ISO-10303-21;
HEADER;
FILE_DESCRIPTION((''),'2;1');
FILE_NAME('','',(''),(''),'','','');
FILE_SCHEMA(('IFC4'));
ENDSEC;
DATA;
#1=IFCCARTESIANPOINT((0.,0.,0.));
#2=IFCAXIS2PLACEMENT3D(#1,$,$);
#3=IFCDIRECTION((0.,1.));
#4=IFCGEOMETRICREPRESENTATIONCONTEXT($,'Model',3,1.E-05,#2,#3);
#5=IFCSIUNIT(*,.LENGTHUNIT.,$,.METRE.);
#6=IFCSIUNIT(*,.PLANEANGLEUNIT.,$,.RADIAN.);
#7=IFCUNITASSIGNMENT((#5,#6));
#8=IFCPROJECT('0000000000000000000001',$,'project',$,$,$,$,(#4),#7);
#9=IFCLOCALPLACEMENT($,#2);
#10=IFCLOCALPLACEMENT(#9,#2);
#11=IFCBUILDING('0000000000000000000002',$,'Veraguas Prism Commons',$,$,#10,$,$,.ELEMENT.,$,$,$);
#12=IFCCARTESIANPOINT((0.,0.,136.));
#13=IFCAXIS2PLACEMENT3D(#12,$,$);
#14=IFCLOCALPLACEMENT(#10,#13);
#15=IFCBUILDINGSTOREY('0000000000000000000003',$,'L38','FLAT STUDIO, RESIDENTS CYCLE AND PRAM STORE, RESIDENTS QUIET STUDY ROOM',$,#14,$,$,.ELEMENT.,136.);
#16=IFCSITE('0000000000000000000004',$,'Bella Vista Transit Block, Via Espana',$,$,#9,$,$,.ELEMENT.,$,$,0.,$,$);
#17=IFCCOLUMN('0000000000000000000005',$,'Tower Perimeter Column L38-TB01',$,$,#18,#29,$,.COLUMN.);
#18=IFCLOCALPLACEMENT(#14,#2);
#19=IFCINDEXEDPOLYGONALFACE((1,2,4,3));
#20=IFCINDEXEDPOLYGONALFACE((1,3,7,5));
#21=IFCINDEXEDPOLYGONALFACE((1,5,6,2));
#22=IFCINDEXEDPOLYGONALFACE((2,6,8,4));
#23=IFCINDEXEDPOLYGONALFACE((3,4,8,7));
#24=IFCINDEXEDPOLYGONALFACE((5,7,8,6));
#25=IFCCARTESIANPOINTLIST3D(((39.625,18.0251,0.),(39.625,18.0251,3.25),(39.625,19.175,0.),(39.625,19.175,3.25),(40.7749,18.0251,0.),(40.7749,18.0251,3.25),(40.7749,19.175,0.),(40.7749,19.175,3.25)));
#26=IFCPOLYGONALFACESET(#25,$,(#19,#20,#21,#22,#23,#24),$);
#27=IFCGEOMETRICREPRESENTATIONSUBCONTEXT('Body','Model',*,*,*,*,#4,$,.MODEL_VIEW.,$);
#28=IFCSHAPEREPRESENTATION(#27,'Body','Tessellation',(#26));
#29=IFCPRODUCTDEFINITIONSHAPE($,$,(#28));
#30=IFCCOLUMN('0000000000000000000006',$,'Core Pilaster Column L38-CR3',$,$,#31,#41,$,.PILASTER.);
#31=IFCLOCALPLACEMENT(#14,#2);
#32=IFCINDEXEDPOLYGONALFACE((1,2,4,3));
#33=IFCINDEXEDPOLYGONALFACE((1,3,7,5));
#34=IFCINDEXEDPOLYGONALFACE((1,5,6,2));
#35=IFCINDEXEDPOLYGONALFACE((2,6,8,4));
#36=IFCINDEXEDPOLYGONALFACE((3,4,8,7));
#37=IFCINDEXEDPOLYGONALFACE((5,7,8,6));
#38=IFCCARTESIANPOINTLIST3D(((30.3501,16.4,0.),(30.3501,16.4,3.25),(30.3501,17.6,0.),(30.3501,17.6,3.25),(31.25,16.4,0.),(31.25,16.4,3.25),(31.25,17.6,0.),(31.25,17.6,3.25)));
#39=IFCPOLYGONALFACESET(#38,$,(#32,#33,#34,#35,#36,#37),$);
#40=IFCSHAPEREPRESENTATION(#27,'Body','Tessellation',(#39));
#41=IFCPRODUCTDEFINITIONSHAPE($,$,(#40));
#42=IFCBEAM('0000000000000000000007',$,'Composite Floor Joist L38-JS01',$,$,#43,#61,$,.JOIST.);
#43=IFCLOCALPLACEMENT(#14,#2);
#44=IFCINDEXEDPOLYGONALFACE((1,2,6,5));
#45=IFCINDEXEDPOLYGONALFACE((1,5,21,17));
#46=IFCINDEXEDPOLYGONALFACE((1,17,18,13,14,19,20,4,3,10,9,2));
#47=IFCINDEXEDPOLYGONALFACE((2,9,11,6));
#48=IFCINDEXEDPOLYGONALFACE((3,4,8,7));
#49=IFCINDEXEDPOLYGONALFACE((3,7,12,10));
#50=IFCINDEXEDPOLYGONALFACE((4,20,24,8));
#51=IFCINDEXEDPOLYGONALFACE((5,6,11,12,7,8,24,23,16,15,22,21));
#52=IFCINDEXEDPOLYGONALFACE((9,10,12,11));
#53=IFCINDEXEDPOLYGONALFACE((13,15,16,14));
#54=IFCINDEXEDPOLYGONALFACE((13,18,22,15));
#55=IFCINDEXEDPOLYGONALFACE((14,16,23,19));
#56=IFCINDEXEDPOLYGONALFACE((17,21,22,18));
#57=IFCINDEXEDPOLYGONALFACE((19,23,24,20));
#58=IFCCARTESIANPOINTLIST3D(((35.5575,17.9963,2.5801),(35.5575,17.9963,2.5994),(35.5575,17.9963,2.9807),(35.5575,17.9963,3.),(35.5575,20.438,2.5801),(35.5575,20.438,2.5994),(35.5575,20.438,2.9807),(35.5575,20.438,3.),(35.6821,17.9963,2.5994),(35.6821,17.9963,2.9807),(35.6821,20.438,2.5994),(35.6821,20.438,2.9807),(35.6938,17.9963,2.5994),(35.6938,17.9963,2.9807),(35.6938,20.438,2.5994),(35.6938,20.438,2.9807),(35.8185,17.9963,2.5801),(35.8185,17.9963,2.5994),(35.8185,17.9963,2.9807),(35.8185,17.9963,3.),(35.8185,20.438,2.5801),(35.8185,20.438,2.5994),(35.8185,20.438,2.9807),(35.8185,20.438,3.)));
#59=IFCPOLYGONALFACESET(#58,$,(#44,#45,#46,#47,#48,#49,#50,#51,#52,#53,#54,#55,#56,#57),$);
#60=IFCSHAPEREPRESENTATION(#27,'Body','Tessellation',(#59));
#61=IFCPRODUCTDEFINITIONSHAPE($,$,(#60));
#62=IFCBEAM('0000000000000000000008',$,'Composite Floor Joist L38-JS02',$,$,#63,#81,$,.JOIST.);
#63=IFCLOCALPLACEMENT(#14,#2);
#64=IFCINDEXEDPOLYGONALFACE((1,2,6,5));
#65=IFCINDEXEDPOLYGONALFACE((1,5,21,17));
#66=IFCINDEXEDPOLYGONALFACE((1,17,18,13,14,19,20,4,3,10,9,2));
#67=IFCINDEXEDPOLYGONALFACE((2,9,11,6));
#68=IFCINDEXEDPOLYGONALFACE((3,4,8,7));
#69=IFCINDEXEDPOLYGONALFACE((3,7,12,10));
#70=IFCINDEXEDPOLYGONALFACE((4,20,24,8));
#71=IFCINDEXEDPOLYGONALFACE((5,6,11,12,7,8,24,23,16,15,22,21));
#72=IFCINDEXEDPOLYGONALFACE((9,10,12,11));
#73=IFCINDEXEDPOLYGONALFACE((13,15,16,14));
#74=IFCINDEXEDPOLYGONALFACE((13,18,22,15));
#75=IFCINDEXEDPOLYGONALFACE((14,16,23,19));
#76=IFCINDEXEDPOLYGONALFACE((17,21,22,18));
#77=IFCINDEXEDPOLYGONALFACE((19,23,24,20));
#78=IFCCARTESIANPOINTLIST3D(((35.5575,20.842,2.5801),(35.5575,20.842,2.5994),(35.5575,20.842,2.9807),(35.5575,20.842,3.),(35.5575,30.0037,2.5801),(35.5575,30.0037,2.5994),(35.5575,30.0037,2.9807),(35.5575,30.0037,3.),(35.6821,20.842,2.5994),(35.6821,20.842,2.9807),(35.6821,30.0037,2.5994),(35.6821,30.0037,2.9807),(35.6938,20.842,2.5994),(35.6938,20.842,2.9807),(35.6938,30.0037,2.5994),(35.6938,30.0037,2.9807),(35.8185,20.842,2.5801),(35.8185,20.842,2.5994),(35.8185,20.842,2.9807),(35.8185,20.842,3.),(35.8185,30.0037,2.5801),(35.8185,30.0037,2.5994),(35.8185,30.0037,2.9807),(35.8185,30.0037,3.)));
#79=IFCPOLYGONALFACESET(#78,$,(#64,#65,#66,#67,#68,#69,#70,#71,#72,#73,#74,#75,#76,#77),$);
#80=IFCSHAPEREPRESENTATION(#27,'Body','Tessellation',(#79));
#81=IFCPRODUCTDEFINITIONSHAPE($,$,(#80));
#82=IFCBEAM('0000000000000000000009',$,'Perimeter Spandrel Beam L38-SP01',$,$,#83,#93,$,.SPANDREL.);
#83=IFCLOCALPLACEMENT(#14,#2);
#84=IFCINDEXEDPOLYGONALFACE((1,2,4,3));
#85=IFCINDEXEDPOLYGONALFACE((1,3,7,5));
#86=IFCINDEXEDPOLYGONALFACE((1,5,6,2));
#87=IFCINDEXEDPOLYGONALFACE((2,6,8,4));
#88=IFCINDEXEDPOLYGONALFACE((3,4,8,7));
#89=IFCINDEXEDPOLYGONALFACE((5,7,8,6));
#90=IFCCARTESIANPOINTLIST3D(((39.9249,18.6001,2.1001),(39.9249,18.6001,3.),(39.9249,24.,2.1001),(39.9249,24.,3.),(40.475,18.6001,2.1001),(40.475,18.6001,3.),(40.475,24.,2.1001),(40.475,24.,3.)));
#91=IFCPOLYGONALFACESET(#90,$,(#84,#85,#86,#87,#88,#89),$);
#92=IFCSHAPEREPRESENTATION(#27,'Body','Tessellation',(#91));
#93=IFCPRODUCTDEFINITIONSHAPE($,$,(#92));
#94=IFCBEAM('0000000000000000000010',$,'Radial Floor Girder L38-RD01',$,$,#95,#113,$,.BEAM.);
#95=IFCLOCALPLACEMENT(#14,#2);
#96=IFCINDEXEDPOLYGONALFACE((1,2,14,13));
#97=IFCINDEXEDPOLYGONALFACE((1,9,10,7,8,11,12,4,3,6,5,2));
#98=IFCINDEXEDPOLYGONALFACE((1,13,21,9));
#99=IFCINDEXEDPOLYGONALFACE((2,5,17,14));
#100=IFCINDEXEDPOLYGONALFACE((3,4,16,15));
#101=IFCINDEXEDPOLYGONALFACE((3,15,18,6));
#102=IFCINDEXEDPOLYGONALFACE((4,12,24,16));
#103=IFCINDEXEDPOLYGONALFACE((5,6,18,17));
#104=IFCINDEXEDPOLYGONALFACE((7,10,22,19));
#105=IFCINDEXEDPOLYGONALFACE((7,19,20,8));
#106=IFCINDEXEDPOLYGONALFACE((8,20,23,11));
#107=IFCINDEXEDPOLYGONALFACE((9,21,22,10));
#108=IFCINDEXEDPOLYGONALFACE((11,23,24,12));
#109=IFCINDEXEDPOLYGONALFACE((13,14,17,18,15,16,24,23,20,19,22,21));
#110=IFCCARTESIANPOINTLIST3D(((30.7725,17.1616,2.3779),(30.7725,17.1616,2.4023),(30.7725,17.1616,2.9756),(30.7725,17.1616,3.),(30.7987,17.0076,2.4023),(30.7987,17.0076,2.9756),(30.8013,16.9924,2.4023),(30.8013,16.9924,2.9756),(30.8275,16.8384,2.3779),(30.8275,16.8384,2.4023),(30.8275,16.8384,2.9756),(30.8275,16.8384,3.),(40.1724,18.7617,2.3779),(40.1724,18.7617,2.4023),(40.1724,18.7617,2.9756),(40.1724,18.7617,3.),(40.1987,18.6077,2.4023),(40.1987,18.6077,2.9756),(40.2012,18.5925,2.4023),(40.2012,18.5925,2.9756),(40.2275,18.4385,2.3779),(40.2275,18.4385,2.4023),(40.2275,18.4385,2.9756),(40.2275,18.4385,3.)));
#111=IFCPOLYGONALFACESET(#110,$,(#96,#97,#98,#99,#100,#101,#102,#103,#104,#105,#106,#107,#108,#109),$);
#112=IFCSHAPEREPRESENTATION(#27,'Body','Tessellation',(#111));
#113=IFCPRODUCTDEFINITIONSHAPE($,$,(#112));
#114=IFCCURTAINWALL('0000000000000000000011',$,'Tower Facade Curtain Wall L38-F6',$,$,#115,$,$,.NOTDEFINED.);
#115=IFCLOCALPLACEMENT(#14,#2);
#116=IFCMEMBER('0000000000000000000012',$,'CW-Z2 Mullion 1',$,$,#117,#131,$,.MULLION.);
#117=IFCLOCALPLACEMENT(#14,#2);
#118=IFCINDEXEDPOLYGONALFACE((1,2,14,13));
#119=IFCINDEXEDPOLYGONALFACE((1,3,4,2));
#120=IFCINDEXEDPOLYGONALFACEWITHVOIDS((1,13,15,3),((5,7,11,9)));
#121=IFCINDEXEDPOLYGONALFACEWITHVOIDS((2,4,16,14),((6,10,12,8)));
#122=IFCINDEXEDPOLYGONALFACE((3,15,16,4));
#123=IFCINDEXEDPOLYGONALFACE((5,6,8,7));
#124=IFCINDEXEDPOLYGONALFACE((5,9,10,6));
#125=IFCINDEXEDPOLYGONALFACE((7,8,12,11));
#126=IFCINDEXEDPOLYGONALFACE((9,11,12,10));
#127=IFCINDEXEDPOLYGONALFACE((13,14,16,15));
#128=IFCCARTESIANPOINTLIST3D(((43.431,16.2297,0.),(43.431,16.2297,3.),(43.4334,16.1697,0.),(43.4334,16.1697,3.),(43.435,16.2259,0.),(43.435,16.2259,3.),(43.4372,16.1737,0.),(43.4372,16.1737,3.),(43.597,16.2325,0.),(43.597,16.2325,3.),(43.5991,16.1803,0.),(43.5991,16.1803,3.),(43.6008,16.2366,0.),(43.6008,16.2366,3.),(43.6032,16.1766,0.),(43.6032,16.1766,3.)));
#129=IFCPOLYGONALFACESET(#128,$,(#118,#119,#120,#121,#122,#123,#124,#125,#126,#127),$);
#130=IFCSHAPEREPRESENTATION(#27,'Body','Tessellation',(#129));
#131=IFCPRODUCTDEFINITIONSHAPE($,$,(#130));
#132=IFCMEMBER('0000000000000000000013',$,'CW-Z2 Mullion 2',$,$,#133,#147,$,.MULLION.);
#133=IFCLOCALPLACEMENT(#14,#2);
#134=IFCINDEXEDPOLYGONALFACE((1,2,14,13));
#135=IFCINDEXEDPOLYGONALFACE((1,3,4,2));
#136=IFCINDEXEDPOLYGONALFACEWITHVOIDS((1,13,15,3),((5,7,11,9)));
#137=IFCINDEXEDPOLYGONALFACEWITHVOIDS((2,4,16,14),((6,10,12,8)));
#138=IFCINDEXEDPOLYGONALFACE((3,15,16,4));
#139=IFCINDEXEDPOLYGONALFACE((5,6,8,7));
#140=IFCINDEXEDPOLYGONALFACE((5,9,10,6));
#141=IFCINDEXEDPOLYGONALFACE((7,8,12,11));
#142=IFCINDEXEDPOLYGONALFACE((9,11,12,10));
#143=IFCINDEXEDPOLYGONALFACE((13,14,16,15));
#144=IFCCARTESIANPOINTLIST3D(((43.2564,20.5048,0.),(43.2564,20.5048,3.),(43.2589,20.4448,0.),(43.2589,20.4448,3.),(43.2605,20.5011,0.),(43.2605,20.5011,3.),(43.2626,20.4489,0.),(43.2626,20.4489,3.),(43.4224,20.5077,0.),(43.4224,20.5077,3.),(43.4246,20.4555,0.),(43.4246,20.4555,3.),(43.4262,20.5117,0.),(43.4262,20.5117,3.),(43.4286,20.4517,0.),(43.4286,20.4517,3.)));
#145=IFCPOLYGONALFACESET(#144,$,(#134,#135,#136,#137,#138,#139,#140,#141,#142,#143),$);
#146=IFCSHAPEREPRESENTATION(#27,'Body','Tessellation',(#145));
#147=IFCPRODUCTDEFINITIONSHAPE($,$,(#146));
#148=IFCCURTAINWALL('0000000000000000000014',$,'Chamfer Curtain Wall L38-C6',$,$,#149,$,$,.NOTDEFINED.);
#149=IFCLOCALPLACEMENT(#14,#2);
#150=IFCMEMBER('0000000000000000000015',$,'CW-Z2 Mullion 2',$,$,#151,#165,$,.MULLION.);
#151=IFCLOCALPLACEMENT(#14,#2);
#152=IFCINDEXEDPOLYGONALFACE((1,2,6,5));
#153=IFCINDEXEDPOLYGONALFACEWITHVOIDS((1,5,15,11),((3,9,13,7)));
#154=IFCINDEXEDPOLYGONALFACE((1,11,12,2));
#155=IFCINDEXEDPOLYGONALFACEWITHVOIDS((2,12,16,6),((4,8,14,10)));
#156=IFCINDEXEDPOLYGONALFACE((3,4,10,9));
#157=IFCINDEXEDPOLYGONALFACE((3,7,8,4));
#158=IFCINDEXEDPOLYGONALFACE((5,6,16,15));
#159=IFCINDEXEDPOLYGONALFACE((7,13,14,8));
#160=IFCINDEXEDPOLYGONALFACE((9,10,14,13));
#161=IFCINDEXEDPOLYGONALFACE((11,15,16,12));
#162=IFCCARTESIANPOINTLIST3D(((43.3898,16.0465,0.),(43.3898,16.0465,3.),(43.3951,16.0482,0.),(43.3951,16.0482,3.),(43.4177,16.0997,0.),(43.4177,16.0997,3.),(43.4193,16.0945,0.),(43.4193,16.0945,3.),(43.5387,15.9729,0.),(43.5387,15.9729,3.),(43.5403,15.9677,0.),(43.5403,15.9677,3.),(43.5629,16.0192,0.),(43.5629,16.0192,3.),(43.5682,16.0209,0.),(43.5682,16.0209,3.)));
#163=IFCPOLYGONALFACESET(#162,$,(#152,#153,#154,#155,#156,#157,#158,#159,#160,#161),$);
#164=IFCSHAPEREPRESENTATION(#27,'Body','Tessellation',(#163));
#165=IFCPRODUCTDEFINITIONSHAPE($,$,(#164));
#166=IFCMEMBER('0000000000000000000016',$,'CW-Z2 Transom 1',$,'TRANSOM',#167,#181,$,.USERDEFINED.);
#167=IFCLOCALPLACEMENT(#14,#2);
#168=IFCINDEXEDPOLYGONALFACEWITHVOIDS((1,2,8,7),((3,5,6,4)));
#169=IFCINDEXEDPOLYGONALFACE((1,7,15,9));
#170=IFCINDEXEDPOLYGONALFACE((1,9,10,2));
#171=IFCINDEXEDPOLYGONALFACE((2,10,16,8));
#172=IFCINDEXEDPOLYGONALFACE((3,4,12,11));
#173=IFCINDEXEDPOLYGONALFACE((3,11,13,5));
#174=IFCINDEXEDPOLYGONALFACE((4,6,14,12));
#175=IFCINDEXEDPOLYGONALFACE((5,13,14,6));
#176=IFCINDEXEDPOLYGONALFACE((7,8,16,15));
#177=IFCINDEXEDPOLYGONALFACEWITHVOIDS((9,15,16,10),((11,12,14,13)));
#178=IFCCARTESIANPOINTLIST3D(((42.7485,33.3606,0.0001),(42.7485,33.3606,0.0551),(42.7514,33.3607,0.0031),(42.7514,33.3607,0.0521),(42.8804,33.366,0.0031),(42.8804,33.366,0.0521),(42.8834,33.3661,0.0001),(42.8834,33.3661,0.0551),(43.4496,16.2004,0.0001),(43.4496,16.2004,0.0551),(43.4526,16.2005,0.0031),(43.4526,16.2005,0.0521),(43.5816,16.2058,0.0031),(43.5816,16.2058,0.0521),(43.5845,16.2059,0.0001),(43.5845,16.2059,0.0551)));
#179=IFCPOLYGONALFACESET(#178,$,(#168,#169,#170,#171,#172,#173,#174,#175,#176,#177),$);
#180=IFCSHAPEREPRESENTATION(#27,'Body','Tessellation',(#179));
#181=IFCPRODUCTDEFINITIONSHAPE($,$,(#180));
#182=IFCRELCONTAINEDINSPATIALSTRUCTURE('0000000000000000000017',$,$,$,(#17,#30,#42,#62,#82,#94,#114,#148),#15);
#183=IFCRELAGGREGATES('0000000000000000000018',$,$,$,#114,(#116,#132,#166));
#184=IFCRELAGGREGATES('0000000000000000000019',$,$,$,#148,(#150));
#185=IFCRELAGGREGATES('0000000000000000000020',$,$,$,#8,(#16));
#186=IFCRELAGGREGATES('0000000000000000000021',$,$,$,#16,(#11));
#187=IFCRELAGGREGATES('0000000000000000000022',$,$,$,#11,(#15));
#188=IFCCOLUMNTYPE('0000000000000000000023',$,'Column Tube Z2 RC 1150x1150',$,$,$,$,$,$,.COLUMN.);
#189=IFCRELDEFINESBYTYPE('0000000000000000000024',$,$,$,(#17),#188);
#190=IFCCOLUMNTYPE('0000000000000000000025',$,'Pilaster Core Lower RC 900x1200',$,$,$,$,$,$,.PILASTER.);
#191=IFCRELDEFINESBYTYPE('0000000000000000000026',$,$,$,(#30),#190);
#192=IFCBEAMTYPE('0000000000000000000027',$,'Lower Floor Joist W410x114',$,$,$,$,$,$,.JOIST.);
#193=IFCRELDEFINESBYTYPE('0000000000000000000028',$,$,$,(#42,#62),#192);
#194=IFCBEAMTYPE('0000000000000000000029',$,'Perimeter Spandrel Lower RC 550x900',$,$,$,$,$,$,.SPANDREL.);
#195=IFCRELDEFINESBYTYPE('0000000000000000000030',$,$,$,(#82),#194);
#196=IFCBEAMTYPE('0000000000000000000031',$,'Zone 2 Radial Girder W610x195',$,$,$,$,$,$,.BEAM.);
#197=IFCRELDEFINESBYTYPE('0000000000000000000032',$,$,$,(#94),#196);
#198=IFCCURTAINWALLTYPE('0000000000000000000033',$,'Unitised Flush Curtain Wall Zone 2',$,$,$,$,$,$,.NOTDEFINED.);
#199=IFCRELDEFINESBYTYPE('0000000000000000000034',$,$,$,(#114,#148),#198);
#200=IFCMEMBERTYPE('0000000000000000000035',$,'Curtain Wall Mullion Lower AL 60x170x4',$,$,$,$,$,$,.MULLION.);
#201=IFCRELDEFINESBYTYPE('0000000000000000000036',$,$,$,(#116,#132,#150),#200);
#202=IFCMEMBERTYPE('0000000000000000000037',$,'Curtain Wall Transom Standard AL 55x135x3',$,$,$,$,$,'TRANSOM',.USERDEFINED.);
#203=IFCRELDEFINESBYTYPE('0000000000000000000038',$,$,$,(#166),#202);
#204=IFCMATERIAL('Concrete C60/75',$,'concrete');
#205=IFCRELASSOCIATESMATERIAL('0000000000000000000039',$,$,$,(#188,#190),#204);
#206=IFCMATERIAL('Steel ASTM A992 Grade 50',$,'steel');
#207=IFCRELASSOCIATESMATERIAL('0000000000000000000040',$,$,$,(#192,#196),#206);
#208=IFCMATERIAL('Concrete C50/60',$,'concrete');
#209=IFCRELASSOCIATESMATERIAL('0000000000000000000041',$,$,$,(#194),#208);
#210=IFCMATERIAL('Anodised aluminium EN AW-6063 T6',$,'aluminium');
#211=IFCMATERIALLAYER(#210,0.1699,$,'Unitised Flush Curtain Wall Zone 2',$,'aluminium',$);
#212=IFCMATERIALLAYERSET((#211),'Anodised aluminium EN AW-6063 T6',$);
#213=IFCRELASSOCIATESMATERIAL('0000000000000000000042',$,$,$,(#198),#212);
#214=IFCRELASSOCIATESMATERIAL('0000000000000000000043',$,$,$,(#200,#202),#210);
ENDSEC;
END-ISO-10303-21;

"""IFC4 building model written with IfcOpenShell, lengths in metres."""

from ifc_helpers import new_model, si_unit, direction, frame, origin, origin_2d, place, context, subcontext, project, spatial, rectangle, hollow_rectangle, i_section, extrude, source, transform, mapped, material, layer, layer_set, material_profile, profile_set, type_object, element, aggregate, save


model = new_model("IFC4")

# Units and contexts
model_context = context("Model", 3, precision=1e-05, world=origin(), true_north=direction((0.0, 1.0)))
body_context = subcontext(model_context, "Body", "Model", "MODEL_VIEW")
ifc_project = project(units=[si_unit("LENGTHUNIT", "METRE"), si_unit("PLANEANGLEUNIT", "RADIAN")], contexts=[model_context])

# Site, building, storey
site_placement = place(None, origin())
site = spatial("IfcSite", under=ifc_project, at=site_placement, Name="Bella Vista Transit Block, Via Espana", CompositionType="ELEMENT", RefElevation=0.0)
building_placement = place(site_placement, origin())
building = spatial("IfcBuilding", under=site, at=building_placement, Name="Veraguas Prism Commons", CompositionType="ELEMENT")
storey_placement = place(building_placement, frame((0.0, 0.0, 136.0)))
storey = spatial("IfcBuildingStorey", under=building, at=storey_placement, Name="L38", Description="FLAT STUDIO, RESIDENTS CYCLE AND PRAM STORE, RESIDENTS QUIET STUDY ROOM", CompositionType="ELEMENT", Elevation=136.0)

# Columns
ifc_material_1 = material(Name="Concrete C60/75", Category="concrete")
ifc_material_profile_1 = material_profile(ifc_material_1, rectangle(XDim=1.1499, YDim=1.1499, at=origin_2d()), Name="RC1150X1150")
ifc_profile_set_1 = profile_set([ifc_material_profile_1], Name="Concrete C60/75")
column_type_1 = type_object("IfcColumnType", Name="Column Tube Z2 RC 1150x1150", PredefinedType="COLUMN", material=ifc_profile_set_1)
column_1_placement = place(storey_placement, frame((40.2, 18.6001, 0.0), z_axis=(0.0, 0.0, 1.0), x_axis=(1.0, 0.0, 0.0)))
element("IfcColumn", 1, at=column_1_placement, inside=storey, type_object=column_type_1, Name="Tower Perimeter Column L38-TB01", PredefinedType="COLUMN", context=body_context, shape_type="SweptSolid", body=[
    extrude(rectangle(XDim=1.1499, YDim=1.1499, at=origin_2d()), origin(), (0.0, 0.0, 1.0), 3.25),
])
ifc_material_profile_2 = material_profile(ifc_material_1, rectangle(XDim=0.8999, YDim=1.2, at=origin_2d()), Name="RC900X1200")
ifc_profile_set_2 = profile_set([ifc_material_profile_2], Name="Concrete C60/75")
column_type_2 = type_object("IfcColumnType", Name="Pilaster Core Lower RC 900x1200", PredefinedType="PILASTER", material=ifc_profile_set_2)
column_2_placement = place(storey_placement, frame((30.8, 17.0, 0.0), z_axis=(0.0, 0.0, 1.0), x_axis=(1.0, 0.0, 0.0)))
element("IfcColumn", 2, at=column_2_placement, inside=storey, type_object=column_type_2, Name="Core Pilaster Column L38-CR3", PredefinedType="PILASTER", context=body_context, shape_type="SweptSolid", body=[
    extrude(rectangle(XDim=0.8999, YDim=1.2, at=origin_2d()), origin(), (0.0, 0.0, 1.0), 3.25),
])

# Beams
ifc_material_2 = material(Name="Steel ASTM A992 Grade 50", Category="steel")
ifc_material_profile_3 = material_profile(ifc_material_2, i_section(OverallWidth=0.261, OverallDepth=0.4199, WebThickness=0.0117, FlangeThickness=0.0193, at=origin_2d()), Name="W410X114")
ifc_profile_set_3 = profile_set([ifc_material_profile_3], Name="Steel ASTM A992 Grade 50")
beam_type_1 = type_object("IfcBeamType", Name="Lower Floor Joist W410x114", PredefinedType="JOIST", material=ifc_profile_set_3)
beam_1_placement = place(storey_placement, frame((35.688, 17.9963, 2.79), z_axis=(0.0, 1.0, 0.0), x_axis=(-1.0, 0.0, 0.0)))
element("IfcBeam", 3, at=beam_1_placement, inside=storey, type_object=beam_type_1, Name="Composite Floor Joist L38-JS01", PredefinedType="JOIST", context=body_context, shape_type="SweptSolid", body=[
    extrude(i_section(OverallWidth=0.261, OverallDepth=0.4199, WebThickness=0.0117, FlangeThickness=0.0193, at=origin_2d()), origin(), (0.0, 0.0, 1.0), 2.4417),
])
beam_2_placement = place(storey_placement, frame((35.688, 20.842, 2.79), z_axis=(0.0, 1.0, 0.0), x_axis=(-1.0, 0.0, 0.0)))
element("IfcBeam", 4, at=beam_2_placement, inside=storey, type_object=beam_type_1, Name="Composite Floor Joist L38-JS02", PredefinedType="JOIST", context=body_context, shape_type="SweptSolid", body=[
    extrude(i_section(OverallWidth=0.261, OverallDepth=0.4199, WebThickness=0.0117, FlangeThickness=0.0193, at=origin_2d()), origin(), (0.0, 0.0, 1.0), 9.1616),
])
ifc_material_3 = material(Name="Concrete C50/60", Category="concrete")
ifc_material_profile_4 = material_profile(ifc_material_3, rectangle(XDim=0.55, YDim=0.8999, at=origin_2d()), Name="RC550X900")
ifc_profile_set_4 = profile_set([ifc_material_profile_4], Name="Concrete C50/60")
beam_type_2 = type_object("IfcBeamType", Name="Perimeter Spandrel Lower RC 550x900", PredefinedType="SPANDREL", material=ifc_profile_set_4)
beam_3_placement = place(storey_placement, frame((40.2, 18.6001, 2.55), z_axis=(0.0, 1.0, 0.0), x_axis=(-1.0, 0.0, 0.0)))
element("IfcBeam", 5, at=beam_3_placement, inside=storey, type_object=beam_type_2, Name="Perimeter Spandrel Beam L38-SP01", PredefinedType="SPANDREL", context=body_context, shape_type="SweptSolid", body=[
    extrude(rectangle(XDim=0.55, YDim=0.8999, at=origin_2d()), origin(), (0.0, 0.0, 1.0), 5.3999),
])
ifc_material_profile_5 = material_profile(ifc_material_2, i_section(OverallWidth=0.3279, OverallDepth=0.6221, WebThickness=0.0154, FlangeThickness=0.0244, at=origin_2d()), Name="W610X195")
ifc_profile_set_5 = profile_set([ifc_material_profile_5], Name="Steel ASTM A992 Grade 50")
beam_type_3 = type_object("IfcBeamType", Name="Zone 2 Radial Girder W610x195", PredefinedType="BEAM", material=ifc_profile_set_5)
beam_4_placement = place(storey_placement, frame((40.2, 18.6001, 2.689), z_axis=(-0.985819, -0.167811, 0.0), x_axis=(0.167811, -0.985819, 0.0)))
element("IfcBeam", 6, at=beam_4_placement, inside=storey, type_object=beam_type_3, Name="Radial Floor Girder L38-RD01", PredefinedType="BEAM", context=body_context, shape_type="SweptSolid", body=[
    extrude(i_section(OverallWidth=0.3279, OverallDepth=0.6221, WebThickness=0.0154, FlangeThickness=0.0244, at=origin_2d()), origin(), (0.0, 0.0, 1.0), 9.5352),
])

# Curtain wall, members
ifc_material_4 = material(Name="Anodised aluminium EN AW-6063 T6", Category="aluminium")
ifc_layer_1 = layer(ifc_material_4, 0.1699, Name="Unitised Flush Curtain Wall Zone 2", Category="aluminium")
ifc_layer_set_1 = layer_set([ifc_layer_1], Name="Anodised aluminium EN AW-6063 T6")
curtain_wall_type = type_object("IfcCurtainWallType", Name="Unitised Flush Curtain Wall Zone 2", PredefinedType="NOTDEFINED", material=ifc_layer_set_1)
curtain_wall_1_placement = place(storey_placement, origin())
curtain_wall_1 = element("IfcCurtainWall", 7, at=curtain_wall_1_placement, inside=storey, type_object=curtain_wall_type, Name="Tower Facade Curtain Wall L38-F6", PredefinedType="NOTDEFINED")
ifc_material_profile_6 = material_profile(ifc_material_4, hollow_rectangle(XDim=0.0601, YDim=0.1699, WallThickness=0.0039, at=origin_2d()), Name="AL60X170X4")
ifc_profile_set_6 = profile_set([ifc_material_profile_6], Name="Anodised aluminium EN AW-6063 T6")
member_type_1 = type_object("IfcMemberType", Name="Curtain Wall Mullion Lower AL 60x170x4", PredefinedType="MULLION", material=ifc_profile_set_6)
shared_shape_1 = source(origin(), body_context, "Body", "SweptSolid", [
    extrude(hollow_rectangle(XDim=0.0601, YDim=0.1699, WallThickness=0.0039, at=origin_2d()), origin(), (0.0, 0.0, 1.0), 3.0),
])
member_1_placement = place(storey_placement, frame((43.5171, 16.2031, 0.0), z_axis=(0.0, 0.0, 1.0), x_axis=(-0.040836, 0.999166, 0.0)))
member_1 = element("IfcMember", 8, at=member_1_placement, type_object=member_type_1, Name="CW-Z2 Mullion 1", PredefinedType="MULLION", context=body_context, shape_type="MappedRepresentation", body=[
    mapped(shared_shape_1, transform((0.0, 0.0, 0.0), scale=1.0)),
])
member_2_placement = place(storey_placement, frame((43.3425, 20.4783, 0.0), z_axis=(0.0, 0.0, 1.0), x_axis=(-0.040836, 0.999166, 0.0)))
member_2 = element("IfcMember", 9, at=member_2_placement, type_object=member_type_1, Name="CW-Z2 Mullion 2", PredefinedType="MULLION", context=body_context, shape_type="MappedRepresentation", body=[
    mapped(shared_shape_1, transform((0.0, 0.0, 0.0), scale=1.0)),
])

# Curtain wall, member
curtain_wall_2_placement = place(storey_placement, origin())
curtain_wall_2 = element("IfcCurtainWall", 10, at=curtain_wall_2_placement, inside=storey, type_object=curtain_wall_type, Name="Chamfer Curtain Wall L38-C6", PredefinedType="NOTDEFINED")
member_3_placement = place(storey_placement, frame((43.479, 16.0337, 0.0), z_axis=(0.0, 0.0, 1.0), x_axis=(0.464201, 0.88573, 0.0)))
member_3 = element("IfcMember", 11, at=member_3_placement, type_object=member_type_1, Name="CW-Z2 Mullion 2", PredefinedType="MULLION", context=body_context, shape_type="MappedRepresentation", body=[
    mapped(shared_shape_1, transform((0.0, 0.0, 0.0), scale=1.0)),
])

# Member
ifc_material_profile_7 = material_profile(ifc_material_4, hollow_rectangle(XDim=0.0549, YDim=0.135, WallThickness=0.0029, at=origin_2d()), Name="AL55X135X3")
ifc_profile_set_7 = profile_set([ifc_material_profile_7], Name="Anodised aluminium EN AW-6063 T6")
member_type_2 = type_object("IfcMemberType", Name="Curtain Wall Transom Standard AL 55x135x3", ElementType="TRANSOM", PredefinedType="USERDEFINED", material=ifc_profile_set_7)
shared_shape_2 = source(origin(), body_context, "Body", "SweptSolid", [
    extrude(hollow_rectangle(XDim=0.0549, YDim=0.135, WallThickness=0.0029, at=origin_2d()), origin(), (0.0, 0.0, 1.0), 17.1746),
])
member_4_placement = place(storey_placement, frame((43.5171, 16.2031, 0.0276), z_axis=(-0.040826, 0.999166, 0.0), x_axis=(0.0, 0.0, 1.0)))
member_4 = element("IfcMember", 12, at=member_4_placement, type_object=member_type_2, Name="CW-Z2 Transom 1", ObjectType="TRANSOM", PredefinedType="USERDEFINED", context=body_context, shape_type="MappedRepresentation", body=[
    mapped(shared_shape_2, transform((0.0, 0.0, 0.0), scale=1.0)),
])

aggregate(curtain_wall_1, [member_1, member_2, member_4])
aggregate(curtain_wall_2, [member_3])

save(model, "model.ifc")
